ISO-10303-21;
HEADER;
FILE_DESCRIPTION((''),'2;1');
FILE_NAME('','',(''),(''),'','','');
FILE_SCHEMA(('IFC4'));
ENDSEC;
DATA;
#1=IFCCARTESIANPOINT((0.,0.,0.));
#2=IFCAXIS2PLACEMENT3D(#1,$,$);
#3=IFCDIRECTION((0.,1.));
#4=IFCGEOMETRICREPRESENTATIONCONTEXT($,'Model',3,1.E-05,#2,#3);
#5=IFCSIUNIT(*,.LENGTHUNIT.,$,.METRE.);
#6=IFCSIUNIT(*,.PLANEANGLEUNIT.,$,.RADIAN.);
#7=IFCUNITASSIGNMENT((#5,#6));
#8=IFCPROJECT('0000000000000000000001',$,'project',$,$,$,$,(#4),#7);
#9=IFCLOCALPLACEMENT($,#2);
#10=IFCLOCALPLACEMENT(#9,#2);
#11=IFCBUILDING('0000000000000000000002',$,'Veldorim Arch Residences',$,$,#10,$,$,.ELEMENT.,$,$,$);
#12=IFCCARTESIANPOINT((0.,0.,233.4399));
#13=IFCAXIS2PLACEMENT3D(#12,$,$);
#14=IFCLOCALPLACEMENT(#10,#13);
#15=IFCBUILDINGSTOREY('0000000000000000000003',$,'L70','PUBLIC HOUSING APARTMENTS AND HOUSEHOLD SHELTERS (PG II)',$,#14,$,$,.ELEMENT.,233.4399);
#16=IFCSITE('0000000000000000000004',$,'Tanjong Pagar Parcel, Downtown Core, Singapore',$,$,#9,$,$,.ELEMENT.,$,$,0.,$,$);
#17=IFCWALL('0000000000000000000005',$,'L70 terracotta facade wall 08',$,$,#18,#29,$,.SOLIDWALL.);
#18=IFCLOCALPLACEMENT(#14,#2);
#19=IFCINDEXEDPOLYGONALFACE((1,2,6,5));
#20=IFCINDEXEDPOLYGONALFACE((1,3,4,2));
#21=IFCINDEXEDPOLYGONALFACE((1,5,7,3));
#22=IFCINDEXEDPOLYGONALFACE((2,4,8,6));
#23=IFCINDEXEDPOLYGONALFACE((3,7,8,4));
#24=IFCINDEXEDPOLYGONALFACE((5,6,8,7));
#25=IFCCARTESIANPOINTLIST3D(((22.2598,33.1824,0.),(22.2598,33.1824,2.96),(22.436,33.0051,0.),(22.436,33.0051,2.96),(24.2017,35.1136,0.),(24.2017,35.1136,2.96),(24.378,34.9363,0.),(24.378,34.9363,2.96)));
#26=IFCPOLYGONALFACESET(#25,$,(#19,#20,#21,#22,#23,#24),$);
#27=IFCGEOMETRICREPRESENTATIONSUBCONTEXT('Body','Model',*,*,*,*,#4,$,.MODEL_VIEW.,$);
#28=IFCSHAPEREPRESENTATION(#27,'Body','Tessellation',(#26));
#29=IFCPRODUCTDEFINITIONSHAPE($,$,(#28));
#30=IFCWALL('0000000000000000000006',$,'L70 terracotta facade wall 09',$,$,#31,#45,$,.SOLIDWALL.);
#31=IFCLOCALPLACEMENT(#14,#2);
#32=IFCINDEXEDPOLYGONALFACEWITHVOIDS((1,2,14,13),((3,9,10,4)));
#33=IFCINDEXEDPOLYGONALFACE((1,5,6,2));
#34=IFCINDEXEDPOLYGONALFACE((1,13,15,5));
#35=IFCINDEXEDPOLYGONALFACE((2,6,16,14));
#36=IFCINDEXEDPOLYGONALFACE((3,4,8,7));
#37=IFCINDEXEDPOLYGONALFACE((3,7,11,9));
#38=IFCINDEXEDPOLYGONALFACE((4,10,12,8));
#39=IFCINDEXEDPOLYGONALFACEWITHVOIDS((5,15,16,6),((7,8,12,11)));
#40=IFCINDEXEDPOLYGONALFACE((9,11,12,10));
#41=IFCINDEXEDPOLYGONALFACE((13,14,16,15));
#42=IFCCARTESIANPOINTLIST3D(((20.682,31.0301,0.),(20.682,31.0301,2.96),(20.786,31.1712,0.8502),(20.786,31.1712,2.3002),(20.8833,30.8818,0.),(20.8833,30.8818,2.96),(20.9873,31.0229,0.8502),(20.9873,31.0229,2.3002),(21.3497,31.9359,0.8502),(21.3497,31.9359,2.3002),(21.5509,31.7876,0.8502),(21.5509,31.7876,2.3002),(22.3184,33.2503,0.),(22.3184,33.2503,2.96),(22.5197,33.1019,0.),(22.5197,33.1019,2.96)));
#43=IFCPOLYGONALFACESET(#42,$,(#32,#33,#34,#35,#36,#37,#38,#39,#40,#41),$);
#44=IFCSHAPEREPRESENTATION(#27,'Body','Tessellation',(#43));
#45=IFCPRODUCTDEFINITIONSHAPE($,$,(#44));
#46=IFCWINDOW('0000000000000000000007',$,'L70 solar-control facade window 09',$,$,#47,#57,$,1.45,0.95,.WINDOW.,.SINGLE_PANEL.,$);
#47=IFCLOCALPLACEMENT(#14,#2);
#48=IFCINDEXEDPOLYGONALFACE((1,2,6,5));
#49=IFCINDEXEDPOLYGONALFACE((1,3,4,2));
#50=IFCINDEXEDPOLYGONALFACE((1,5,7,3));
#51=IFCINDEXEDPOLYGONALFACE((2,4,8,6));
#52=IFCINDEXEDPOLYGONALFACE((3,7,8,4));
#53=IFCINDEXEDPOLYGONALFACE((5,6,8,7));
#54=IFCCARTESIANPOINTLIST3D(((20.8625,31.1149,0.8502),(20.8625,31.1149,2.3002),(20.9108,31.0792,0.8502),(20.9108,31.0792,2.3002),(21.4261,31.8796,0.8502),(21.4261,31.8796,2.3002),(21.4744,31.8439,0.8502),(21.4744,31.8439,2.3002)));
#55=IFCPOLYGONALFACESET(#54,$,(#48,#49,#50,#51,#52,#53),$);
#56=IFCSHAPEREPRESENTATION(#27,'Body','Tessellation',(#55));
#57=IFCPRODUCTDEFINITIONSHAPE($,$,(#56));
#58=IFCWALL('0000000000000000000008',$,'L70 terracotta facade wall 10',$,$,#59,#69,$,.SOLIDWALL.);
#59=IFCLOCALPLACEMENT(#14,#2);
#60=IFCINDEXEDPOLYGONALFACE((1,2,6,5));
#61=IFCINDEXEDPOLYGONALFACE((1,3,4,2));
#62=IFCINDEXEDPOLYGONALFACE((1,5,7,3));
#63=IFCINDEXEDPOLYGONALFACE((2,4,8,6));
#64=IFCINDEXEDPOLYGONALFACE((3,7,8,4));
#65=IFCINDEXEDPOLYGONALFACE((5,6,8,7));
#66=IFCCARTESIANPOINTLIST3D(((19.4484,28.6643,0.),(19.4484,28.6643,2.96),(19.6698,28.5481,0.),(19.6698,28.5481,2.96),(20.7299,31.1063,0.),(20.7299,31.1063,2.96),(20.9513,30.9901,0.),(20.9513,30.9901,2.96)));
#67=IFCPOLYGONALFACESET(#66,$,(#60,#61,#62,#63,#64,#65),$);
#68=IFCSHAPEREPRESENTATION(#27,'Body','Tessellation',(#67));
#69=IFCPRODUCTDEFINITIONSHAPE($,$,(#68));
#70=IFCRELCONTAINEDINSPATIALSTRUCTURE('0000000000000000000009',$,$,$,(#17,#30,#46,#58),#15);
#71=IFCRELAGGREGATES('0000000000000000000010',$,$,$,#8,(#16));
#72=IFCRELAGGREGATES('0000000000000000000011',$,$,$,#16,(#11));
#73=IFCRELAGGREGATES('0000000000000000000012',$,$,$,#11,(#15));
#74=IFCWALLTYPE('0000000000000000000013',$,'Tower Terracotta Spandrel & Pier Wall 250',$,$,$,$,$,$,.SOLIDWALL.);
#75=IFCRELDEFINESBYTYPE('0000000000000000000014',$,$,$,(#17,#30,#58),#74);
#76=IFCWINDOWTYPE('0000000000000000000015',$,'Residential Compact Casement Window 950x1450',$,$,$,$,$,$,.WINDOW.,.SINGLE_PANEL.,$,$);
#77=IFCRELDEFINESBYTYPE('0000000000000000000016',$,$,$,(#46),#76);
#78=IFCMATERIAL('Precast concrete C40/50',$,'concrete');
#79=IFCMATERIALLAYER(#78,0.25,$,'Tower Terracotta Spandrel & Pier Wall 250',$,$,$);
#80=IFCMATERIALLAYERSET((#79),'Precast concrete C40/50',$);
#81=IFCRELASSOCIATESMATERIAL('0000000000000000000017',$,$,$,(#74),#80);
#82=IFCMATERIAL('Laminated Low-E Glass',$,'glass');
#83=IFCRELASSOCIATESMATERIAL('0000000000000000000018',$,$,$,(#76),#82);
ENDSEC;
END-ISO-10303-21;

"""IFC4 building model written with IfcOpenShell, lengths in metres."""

from ifc_helpers import new_model, si_unit, direction, frame, frame_2d, origin, place, context, subcontext, project, spatial, rectangle, extrude, material, layer, layer_set, type_object, element, fill, save


model = new_model("IFC4")

# Units and contexts
model_context = context("Model", 3, precision=1e-05, world=origin(), true_north=direction((0.0, 1.0)))
body_context = subcontext(model_context, "Body", "Model", "MODEL_VIEW")
ifc_project = project(units=[si_unit("LENGTHUNIT", "METRE"), si_unit("PLANEANGLEUNIT", "RADIAN")], contexts=[model_context])

# Site, building, storey
site_placement = place(None, origin())
site = spatial("IfcSite", under=ifc_project, at=site_placement, Name="Tanjong Pagar Parcel, Downtown Core, Singapore", CompositionType="ELEMENT", RefElevation=0.0)
building_placement = place(site_placement, origin())
building = spatial("IfcBuilding", under=site, at=building_placement, Name="Veldorim Arch Residences", CompositionType="ELEMENT")
storey_placement = place(building_placement, frame((0.0, 0.0, 233.4399)))
storey = spatial("IfcBuildingStorey", under=building, at=storey_placement, Name="L70", Description="PUBLIC HOUSING APARTMENTS AND HOUSEHOLD SHELTERS (PG II)", CompositionType="ELEMENT", Elevation=233.4399)

# Shared definitions
ifc_material_1 = material(Name="Precast concrete C40/50", Category="concrete")
ifc_layer_1 = layer(ifc_material_1, 0.25, Name="Tower Terracotta Spandrel & Pier Wall 250")
ifc_layer_set_1 = layer_set([ifc_layer_1], Name="Precast concrete C40/50")
wall_type_1 = type_object("IfcWallType", Name="Tower Terracotta Spandrel & Pier Wall 250", PredefinedType="SOLIDWALL", material=ifc_layer_set_1)

# Wall
wall_1_placement = place(storey_placement, frame((22.3479, 33.0938, 0.0), z_axis=(0.0, 0.0, 1.0), x_axis=(0.709065, 0.705143, 0.0)))
element("IfcWall", 1, at=wall_1_placement, inside=storey, type_object=wall_type_1, Name="L70 terracotta facade wall 08", PredefinedType="SOLIDWALL", context=body_context, shape_type="SweptSolid", body=[
    extrude(rectangle(XDim=2.7388, YDim=0.25, at=frame_2d((1.3694, 0.0))), origin(), (0.0, 0.0, 1.0), 2.96),
])

# Wall, opening, window
wall_2_placement = place(storey_placement, frame((20.7827, 30.9561, 0.0), z_axis=(0.0, 0.0, 1.0), x_axis=(0.593323, 0.804965, 0.0)))
wall_2 = element("IfcWall", 2, at=wall_2_placement, inside=storey, type_object=wall_type_1, Name="L70 terracotta facade wall 09", PredefinedType="SOLIDWALL", context=body_context, shape_type="SweptSolid", body=[
    extrude(rectangle(XDim=2.7581, YDim=0.25, at=frame_2d((1.3789, 0.0))), origin(), (0.0, 0.0, 1.0), 2.96),
])
opening_1_placement = place(wall_2_placement, frame((0.175, 0.0, 0.8501)))
opening_1 = element("IfcOpeningElement", 3, at=opening_1_placement, cuts=wall_2, PredefinedType="OPENING", context=body_context, shape_type="SweptSolid", body=[
    extrude(rectangle(XDim=0.95, YDim=1.45, at=frame_2d((0.4751, 0.7251))), frame((0.0, 0.135, 0.0), z_axis=(0.0, -1.0, 0.0), x_axis=(1.0, 0.0, 0.0)), (0.0, 0.0, 1.0), 0.27),
])
ifc_material_2 = material(Name="Laminated Low-E Glass", Category="glass")
window_type_1 = type_object("IfcWindowType", Name="Residential Compact Casement Window 950x1450", PartitioningType="SINGLE_PANEL", PredefinedType="WINDOW", material=ifc_material_2)
window_1_placement = place(opening_1_placement, origin())
window_1 = element("IfcWindow", 4, at=window_1_placement, inside=storey, type_object=window_type_1, Name="L70 solar-control facade window 09", OverallHeight=1.45, OverallWidth=0.95, PartitioningType="SINGLE_PANEL", PredefinedType="WINDOW", context=body_context, shape_type="SweptSolid", body=[
    extrude(rectangle(XDim=0.95, YDim=1.45, at=frame_2d((0.4751, 0.7251))), frame((0.0, 0.03, 0.0), z_axis=(0.0, -1.0, 0.0), x_axis=(1.0, 0.0, 0.0)), (0.0, 0.0, 1.0), 0.0601),
])
fill(opening_1, window_1)

# Wall
wall_3_placement = place(storey_placement, frame((19.5591, 28.6062, 0.0), z_axis=(0.0, 0.0, 1.0), x_axis=(0.464692, 0.885473, 0.0)))
element("IfcWall", 5, at=wall_3_placement, inside=storey, type_object=wall_type_1, Name="L70 terracotta facade wall 10", PredefinedType="SOLIDWALL", context=body_context, shape_type="SweptSolid", body=[
    extrude(rectangle(XDim=2.7578, YDim=0.25, at=frame_2d((1.3789, 0.0))), origin(), (0.0, 0.0, 1.0), 2.96),
])

save(model, "model.ifc")
